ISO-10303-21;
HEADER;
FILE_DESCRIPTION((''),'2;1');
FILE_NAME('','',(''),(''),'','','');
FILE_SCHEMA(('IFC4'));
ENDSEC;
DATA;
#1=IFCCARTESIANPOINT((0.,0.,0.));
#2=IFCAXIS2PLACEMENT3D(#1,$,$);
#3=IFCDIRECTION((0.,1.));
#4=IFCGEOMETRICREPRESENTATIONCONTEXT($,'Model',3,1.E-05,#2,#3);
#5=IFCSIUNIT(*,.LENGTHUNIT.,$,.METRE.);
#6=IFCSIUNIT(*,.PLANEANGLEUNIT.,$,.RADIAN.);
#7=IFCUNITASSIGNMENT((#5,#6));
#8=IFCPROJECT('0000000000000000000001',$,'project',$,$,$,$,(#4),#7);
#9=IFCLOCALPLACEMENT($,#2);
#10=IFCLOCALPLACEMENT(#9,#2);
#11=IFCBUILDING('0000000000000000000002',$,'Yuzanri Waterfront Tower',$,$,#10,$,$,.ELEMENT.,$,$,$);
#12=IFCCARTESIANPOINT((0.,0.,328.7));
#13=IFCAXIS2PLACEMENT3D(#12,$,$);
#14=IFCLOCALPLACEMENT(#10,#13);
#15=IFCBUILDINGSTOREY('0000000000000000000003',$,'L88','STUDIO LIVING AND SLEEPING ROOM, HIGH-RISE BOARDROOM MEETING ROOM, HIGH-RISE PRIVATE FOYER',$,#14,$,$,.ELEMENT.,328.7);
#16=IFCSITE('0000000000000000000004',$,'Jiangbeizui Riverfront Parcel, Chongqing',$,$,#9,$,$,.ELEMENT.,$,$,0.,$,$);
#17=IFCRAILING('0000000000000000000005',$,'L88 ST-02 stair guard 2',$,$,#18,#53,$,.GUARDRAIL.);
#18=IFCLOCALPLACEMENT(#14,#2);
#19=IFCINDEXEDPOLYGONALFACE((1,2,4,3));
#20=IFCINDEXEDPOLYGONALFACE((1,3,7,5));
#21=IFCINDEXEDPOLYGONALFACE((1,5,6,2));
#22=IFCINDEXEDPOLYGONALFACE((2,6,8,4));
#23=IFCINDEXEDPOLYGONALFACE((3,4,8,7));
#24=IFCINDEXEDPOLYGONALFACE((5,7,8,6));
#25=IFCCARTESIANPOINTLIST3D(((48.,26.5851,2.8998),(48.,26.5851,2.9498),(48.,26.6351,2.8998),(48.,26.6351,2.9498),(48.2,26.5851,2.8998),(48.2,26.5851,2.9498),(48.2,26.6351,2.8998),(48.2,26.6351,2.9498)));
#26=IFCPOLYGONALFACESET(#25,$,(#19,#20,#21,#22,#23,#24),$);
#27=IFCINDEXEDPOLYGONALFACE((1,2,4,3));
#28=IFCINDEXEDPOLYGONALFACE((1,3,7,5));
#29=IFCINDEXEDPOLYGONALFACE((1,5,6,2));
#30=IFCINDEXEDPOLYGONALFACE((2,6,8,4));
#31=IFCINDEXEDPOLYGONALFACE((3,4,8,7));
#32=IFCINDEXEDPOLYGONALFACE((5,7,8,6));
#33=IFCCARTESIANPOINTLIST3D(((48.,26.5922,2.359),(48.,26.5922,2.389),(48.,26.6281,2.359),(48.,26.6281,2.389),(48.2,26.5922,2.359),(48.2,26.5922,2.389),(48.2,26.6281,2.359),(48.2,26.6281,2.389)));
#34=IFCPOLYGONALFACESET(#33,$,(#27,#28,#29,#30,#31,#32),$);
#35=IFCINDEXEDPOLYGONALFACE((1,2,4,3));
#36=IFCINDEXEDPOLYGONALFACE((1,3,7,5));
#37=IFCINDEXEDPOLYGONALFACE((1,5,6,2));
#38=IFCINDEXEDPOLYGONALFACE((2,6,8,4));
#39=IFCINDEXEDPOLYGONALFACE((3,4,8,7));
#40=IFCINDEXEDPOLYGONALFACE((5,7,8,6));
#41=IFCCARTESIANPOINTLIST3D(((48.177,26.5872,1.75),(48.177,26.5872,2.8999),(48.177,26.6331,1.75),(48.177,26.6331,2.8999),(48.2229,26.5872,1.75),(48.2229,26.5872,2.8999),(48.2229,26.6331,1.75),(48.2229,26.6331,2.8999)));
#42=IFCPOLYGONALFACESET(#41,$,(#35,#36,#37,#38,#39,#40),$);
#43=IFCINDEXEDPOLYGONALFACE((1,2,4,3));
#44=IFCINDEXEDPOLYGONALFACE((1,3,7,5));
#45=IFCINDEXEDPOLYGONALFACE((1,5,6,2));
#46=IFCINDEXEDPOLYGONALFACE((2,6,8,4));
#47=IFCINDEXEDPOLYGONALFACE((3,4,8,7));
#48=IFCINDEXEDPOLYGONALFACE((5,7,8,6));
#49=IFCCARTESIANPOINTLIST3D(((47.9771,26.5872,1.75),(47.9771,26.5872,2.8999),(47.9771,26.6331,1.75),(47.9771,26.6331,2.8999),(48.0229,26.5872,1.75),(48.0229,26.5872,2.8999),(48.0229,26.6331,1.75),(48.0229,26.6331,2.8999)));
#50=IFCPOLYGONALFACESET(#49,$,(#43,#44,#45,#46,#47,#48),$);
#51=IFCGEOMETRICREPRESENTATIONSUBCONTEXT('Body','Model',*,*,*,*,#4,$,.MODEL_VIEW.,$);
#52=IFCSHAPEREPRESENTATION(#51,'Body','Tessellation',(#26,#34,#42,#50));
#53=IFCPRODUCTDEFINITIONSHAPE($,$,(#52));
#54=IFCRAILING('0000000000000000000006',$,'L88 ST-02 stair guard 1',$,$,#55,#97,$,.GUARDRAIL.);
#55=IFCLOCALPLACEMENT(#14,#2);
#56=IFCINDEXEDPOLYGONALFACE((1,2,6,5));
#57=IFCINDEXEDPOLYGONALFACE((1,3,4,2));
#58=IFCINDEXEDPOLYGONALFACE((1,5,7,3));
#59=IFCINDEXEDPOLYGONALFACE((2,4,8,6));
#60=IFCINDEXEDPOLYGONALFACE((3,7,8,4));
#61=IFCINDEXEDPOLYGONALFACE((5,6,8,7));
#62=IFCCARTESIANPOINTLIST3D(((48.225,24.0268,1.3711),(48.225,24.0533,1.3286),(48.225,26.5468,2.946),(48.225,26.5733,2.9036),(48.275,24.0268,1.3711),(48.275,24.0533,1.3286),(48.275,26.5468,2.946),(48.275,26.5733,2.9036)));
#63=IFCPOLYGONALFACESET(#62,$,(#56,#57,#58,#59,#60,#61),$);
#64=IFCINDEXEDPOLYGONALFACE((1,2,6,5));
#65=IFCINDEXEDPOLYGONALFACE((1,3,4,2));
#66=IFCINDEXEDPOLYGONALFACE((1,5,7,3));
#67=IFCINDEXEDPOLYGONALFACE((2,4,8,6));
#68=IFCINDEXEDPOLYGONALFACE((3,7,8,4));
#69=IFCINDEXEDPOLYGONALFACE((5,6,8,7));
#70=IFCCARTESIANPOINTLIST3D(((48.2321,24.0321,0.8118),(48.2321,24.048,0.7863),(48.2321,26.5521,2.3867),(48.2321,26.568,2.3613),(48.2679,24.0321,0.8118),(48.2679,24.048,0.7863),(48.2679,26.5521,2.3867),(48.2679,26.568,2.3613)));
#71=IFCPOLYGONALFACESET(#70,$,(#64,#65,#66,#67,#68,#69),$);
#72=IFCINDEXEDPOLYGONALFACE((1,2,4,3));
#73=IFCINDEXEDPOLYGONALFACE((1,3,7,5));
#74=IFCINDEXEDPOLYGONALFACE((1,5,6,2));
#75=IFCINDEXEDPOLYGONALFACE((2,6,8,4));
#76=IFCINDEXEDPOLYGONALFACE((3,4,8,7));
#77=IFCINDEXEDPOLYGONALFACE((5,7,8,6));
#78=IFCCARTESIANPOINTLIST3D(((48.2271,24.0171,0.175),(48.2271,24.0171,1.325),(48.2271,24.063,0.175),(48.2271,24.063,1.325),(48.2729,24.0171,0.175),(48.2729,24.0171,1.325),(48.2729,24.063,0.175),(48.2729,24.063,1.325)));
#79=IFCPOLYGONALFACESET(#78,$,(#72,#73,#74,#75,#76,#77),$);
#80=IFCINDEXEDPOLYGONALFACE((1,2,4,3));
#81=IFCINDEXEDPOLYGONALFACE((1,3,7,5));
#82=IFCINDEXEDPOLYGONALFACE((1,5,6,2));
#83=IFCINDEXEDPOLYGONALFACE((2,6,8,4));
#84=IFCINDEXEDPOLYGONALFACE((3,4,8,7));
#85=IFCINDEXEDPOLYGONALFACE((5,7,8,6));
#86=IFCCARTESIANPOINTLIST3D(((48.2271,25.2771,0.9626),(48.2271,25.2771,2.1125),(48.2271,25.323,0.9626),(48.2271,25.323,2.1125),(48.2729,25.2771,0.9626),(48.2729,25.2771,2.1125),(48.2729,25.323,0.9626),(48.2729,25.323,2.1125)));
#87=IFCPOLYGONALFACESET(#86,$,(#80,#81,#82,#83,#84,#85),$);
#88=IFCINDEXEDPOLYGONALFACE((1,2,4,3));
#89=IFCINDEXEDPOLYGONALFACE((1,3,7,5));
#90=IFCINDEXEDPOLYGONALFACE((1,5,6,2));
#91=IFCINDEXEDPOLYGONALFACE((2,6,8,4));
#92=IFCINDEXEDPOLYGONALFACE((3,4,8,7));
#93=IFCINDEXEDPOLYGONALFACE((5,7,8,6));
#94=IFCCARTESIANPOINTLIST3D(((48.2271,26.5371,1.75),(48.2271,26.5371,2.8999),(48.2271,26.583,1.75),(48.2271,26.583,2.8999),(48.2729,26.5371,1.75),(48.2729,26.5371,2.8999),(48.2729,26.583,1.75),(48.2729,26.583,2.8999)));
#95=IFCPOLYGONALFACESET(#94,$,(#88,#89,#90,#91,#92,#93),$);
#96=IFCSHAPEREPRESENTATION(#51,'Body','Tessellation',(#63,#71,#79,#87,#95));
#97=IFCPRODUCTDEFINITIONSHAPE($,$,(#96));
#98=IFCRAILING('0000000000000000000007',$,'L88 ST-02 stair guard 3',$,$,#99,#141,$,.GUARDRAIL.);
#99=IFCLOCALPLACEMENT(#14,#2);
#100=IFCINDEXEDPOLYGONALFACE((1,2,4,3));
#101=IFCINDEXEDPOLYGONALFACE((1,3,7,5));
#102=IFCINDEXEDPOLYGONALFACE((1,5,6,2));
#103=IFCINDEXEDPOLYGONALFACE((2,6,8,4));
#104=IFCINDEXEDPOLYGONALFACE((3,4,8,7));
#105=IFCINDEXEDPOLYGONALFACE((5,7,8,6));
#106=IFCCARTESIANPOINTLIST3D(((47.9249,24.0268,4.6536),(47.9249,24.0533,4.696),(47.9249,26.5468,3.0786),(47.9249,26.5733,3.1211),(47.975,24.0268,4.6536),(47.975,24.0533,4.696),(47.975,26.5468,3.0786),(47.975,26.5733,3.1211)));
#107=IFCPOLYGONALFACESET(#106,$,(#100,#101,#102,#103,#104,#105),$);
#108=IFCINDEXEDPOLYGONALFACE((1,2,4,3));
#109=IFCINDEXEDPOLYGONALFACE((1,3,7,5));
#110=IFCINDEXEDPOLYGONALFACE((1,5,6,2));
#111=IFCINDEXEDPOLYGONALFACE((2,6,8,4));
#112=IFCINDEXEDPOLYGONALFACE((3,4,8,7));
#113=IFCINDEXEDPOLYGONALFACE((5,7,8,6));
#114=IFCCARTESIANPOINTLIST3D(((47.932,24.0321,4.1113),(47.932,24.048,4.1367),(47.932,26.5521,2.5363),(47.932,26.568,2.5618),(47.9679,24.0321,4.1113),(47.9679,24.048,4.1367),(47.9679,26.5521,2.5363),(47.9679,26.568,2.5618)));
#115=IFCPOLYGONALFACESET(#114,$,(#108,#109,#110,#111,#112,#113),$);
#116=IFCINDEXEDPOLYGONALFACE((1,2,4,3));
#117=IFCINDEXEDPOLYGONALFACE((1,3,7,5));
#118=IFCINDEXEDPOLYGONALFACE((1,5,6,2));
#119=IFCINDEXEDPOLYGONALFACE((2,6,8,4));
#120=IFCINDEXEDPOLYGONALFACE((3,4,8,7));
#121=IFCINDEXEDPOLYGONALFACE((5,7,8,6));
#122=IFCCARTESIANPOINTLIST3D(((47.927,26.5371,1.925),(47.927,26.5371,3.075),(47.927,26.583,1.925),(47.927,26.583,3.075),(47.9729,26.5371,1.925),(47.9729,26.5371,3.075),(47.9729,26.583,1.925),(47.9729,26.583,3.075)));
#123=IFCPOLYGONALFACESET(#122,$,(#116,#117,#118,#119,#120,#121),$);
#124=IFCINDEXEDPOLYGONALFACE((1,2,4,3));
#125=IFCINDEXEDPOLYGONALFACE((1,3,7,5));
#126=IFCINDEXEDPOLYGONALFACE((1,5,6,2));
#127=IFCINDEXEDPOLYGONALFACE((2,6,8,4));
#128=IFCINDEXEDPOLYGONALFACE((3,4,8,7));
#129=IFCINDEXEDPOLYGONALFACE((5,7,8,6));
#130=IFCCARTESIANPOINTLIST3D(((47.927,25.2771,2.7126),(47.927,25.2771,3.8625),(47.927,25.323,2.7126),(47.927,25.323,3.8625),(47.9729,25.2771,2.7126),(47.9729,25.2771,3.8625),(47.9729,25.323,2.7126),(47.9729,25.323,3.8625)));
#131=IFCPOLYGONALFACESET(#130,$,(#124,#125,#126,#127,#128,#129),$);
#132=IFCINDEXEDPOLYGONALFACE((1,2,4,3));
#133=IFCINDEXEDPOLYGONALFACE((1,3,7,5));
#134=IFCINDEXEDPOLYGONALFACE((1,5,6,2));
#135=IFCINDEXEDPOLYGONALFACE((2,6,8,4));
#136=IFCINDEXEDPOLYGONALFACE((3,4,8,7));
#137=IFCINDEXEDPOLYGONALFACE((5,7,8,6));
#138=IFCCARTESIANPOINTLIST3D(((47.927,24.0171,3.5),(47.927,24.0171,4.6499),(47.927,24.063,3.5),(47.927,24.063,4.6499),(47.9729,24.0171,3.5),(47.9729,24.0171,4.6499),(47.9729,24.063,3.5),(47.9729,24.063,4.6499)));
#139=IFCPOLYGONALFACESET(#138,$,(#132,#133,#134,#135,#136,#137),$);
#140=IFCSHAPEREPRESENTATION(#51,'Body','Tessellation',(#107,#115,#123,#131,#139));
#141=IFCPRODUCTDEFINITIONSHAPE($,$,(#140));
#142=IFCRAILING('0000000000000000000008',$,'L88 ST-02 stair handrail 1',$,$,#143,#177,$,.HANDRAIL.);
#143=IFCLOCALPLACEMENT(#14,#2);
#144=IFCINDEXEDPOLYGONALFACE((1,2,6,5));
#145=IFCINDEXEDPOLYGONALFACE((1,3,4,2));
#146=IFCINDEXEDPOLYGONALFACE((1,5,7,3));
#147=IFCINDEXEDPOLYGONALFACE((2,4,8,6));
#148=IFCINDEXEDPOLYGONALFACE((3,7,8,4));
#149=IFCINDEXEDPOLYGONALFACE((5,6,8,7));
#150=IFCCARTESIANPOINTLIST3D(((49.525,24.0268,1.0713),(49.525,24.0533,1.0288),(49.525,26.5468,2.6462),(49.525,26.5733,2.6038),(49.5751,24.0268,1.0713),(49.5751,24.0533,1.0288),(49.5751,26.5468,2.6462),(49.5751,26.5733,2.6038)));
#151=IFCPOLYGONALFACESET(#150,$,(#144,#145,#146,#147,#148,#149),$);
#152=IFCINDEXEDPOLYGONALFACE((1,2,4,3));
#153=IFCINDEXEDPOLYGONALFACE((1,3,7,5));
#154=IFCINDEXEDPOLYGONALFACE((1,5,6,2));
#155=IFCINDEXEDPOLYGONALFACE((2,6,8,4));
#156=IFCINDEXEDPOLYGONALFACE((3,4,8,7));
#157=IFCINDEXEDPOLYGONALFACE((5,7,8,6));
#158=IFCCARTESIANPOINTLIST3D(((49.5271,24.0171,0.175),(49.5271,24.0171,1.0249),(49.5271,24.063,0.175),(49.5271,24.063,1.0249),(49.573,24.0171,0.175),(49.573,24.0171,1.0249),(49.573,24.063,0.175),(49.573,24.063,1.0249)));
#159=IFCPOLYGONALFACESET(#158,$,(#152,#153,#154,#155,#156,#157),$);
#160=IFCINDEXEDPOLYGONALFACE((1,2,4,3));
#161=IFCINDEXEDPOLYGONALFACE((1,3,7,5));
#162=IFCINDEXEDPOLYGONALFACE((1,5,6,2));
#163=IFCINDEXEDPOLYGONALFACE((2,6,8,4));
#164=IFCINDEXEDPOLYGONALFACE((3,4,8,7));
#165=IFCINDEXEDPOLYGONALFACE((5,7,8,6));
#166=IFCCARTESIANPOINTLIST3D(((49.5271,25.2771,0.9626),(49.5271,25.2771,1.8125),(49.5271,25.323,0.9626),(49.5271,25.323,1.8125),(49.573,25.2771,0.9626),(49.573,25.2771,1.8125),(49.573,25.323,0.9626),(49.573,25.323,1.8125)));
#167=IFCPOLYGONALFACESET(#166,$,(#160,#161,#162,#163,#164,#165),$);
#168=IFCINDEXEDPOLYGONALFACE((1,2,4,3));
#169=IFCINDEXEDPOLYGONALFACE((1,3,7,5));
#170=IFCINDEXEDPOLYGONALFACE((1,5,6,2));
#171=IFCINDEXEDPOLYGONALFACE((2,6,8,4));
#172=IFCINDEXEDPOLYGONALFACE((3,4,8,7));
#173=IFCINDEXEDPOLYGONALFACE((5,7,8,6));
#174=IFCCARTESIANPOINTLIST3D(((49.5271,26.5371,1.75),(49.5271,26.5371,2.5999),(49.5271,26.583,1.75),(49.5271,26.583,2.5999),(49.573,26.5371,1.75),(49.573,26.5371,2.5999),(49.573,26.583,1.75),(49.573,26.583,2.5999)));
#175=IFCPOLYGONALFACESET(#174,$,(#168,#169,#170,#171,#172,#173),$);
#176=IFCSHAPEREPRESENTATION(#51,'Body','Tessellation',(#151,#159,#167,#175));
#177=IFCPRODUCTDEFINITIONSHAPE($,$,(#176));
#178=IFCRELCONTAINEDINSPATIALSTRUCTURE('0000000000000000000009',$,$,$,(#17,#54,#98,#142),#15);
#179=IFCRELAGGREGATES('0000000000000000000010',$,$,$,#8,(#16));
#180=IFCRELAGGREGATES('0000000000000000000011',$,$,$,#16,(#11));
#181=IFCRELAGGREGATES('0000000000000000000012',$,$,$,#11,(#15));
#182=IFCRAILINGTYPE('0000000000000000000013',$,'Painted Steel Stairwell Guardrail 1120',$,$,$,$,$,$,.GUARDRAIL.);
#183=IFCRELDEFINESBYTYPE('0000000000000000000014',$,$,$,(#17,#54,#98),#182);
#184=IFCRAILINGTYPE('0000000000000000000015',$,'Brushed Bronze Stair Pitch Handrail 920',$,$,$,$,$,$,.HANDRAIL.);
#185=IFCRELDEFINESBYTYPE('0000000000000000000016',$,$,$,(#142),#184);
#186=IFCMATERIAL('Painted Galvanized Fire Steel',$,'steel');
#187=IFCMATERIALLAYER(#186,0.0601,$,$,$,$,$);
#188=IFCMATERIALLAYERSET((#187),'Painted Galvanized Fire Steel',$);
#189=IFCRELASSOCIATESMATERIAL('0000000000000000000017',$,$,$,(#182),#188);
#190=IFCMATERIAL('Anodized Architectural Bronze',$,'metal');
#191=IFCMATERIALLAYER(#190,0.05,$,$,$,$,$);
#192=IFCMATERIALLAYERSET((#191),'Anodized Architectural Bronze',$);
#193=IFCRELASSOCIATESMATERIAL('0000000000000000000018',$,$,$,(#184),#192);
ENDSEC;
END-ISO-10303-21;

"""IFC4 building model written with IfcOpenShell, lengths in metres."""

from ifc_helpers import new_model, si_unit, direction, frame, origin, origin_2d, place, context, subcontext, project, spatial, rectangle, extrude, source, transform, mapped, material, layer, layer_set, type_object, element, save


model = new_model("IFC4")

# Units and contexts
model_context = context("Model", 3, precision=1e-05, world=origin(), true_north=direction((0.0, 1.0)))
body_context = subcontext(model_context, "Body", "Model", "MODEL_VIEW")
ifc_project = project(units=[si_unit("LENGTHUNIT", "METRE"), si_unit("PLANEANGLEUNIT", "RADIAN")], contexts=[model_context])

# Site, building, storey
site_placement = place(None, origin())
site = spatial("IfcSite", under=ifc_project, at=site_placement, Name="Jiangbeizui Riverfront Parcel, Chongqing", CompositionType="ELEMENT", RefElevation=0.0)
building_placement = place(site_placement, origin())
building = spatial("IfcBuilding", under=site, at=building_placement, Name="Yuzanri Waterfront Tower", CompositionType="ELEMENT")
storey_placement = place(building_placement, frame((0.0, 0.0, 328.7)))
storey = spatial("IfcBuildingStorey", under=building, at=storey_placement, Name="L88", Description="STUDIO LIVING AND SLEEPING ROOM, HIGH-RISE BOARDROOM MEETING ROOM, HIGH-RISE PRIVATE FOYER", CompositionType="ELEMENT", Elevation=328.7)

# Railings
ifc_material_1 = material(Name="Painted Galvanized Fire Steel", Category="steel")
ifc_layer_1 = layer(ifc_material_1, 0.0601)
ifc_layer_set_1 = layer_set([ifc_layer_1], Name="Painted Galvanized Fire Steel")
railing_type_1 = type_object("IfcRailingType", Name="Painted Steel Stairwell Guardrail 1120", PredefinedType="GUARDRAIL", material=ifc_layer_set_1)
shared_shape_1 = source(origin(), body_context, "Body", "SweptSolid", [
    extrude(rectangle(XDim=0.05, YDim=0.05, at=origin_2d()), frame((0.0, 0.0, 1.1748), z_axis=(-1.0, 0.0, 0.0), x_axis=(0.0, -1.0, 0.0)), (0.0, 0.0, 1.0), 0.2),
    extrude(rectangle(XDim=0.0359, YDim=0.03, at=origin_2d()), frame((0.0, 0.0, 0.624), z_axis=(-1.0, 0.0, 0.0), x_axis=(0.0, -1.0, 0.0)), (0.0, 0.0, 1.0), 0.2),
    extrude(rectangle(XDim=0.0459, YDim=0.0459, at=origin_2d()), origin(), (0.0, 0.0, 1.0), 1.1499),
    extrude(rectangle(XDim=0.0459, YDim=0.0459, at=origin_2d()), frame((-0.2, 0.0, 0.0)), (0.0, 0.0, 1.0), 1.1499),
])
railing_1_placement = place(storey_placement, frame((48.2, 26.6101, 1.75)))
element("IfcRailing", 1, at=railing_1_placement, inside=storey, type_object=railing_type_1, Name="L88 ST-02 stair guard 2", PredefinedType="GUARDRAIL", context=body_context, shape_type="MappedRepresentation", body=[
    mapped(shared_shape_1, transform((0.0, 0.0, 0.0), scale=1.0)),
])
shared_shape_2 = source(origin(), body_context, "Body", "SweptSolid", [
    extrude(rectangle(XDim=0.05, YDim=0.05, at=origin_2d()), frame((0.0, 0.0, 1.1748), z_axis=(0.0, 0.848008, 0.529984), x_axis=(-1.0, 0.0, 0.0)), (0.0, 0.0, 1.0), 2.9717),
    extrude(rectangle(XDim=0.0359, YDim=0.03, at=origin_2d()), frame((0.0, 0.0, 0.624), z_axis=(0.0, 0.848008, 0.529984), x_axis=(-1.0, 0.0, 0.0)), (0.0, 0.0, 1.0), 2.9717),
    extrude(rectangle(XDim=0.0459, YDim=0.0459, at=origin_2d()), origin(), (0.0, 0.0, 1.0), 1.1499),
    extrude(rectangle(XDim=0.0459, YDim=0.0459, at=origin_2d()), frame((0.0, 1.26, 0.7876)), (0.0, 0.0, 1.0), 1.1499),
    extrude(rectangle(XDim=0.0459, YDim=0.0459, at=origin_2d()), frame((0.0, 2.52, 1.575)), (0.0, 0.0, 1.0), 1.1499),
])
railing_2_placement = place(storey_placement, frame((48.25, 24.04, 0.175)))
element("IfcRailing", 2, at=railing_2_placement, inside=storey, type_object=railing_type_1, Name="L88 ST-02 stair guard 1", PredefinedType="GUARDRAIL", context=body_context, shape_type="MappedRepresentation", body=[
    mapped(shared_shape_2, transform((0.0, 0.0, 0.0), scale=1.0)),
])
shared_shape_3 = source(origin(), body_context, "Body", "SweptSolid", [
    extrude(rectangle(XDim=0.05, YDim=0.05, at=origin_2d()), frame((0.0, 0.0, 1.1748), z_axis=(0.0, -0.848008, 0.529984), x_axis=(1.0, 0.0, 0.0)), (0.0, 0.0, 1.0), 2.9717),
    extrude(rectangle(XDim=0.0359, YDim=0.03, at=origin_2d()), frame((0.0, 0.0, 0.624), z_axis=(0.0, -0.848008, 0.529984), x_axis=(1.0, 0.0, 0.0)), (0.0, 0.0, 1.0), 2.9717),
    extrude(rectangle(XDim=0.0459, YDim=0.0459, at=origin_2d()), origin(), (0.0, 0.0, 1.0), 1.1499),
    extrude(rectangle(XDim=0.0459, YDim=0.0459, at=origin_2d()), frame((0.0, -1.26, 0.7876)), (0.0, 0.0, 1.0), 1.1499),
    extrude(rectangle(XDim=0.0459, YDim=0.0459, at=origin_2d()), frame((0.0, -2.52, 1.575)), (0.0, 0.0, 1.0), 1.1499),
])
railing_3_placement = place(storey_placement, frame((47.95, 26.5601, 1.925)))
element("IfcRailing", 3, at=railing_3_placement, inside=storey, type_object=railing_type_1, Name="L88 ST-02 stair guard 3", PredefinedType="GUARDRAIL", context=body_context, shape_type="MappedRepresentation", body=[
    mapped(shared_shape_3, transform((0.0, 0.0, 0.0), scale=1.0)),
])
ifc_material_2 = material(Name="Anodized Architectural Bronze", Category="metal")
ifc_layer_2 = layer(ifc_material_2, 0.05)
ifc_layer_set_2 = layer_set([ifc_layer_2], Name="Anodized Architectural Bronze")
railing_type_2 = type_object("IfcRailingType", Name="Brushed Bronze Stair Pitch Handrail 920", PredefinedType="HANDRAIL", material=ifc_layer_set_2)
shared_shape_4 = source(origin(), body_context, "Body", "SweptSolid", [
    extrude(rectangle(XDim=0.05, YDim=0.05, at=origin_2d()), frame((0.0, 0.0, 0.875), z_axis=(0.0, 0.848008, 0.529984), x_axis=(-1.0, 0.0, 0.0)), (0.0, 0.0, 1.0), 2.9717),
    extrude(rectangle(XDim=0.0459, YDim=0.0459, at=origin_2d()), origin(), (0.0, 0.0, 1.0), 0.8499),
    extrude(rectangle(XDim=0.0459, YDim=0.0459, at=origin_2d()), frame((0.0, 1.26, 0.7876)), (0.0, 0.0, 1.0), 0.8499),
    extrude(rectangle(XDim=0.0459, YDim=0.0459, at=origin_2d()), frame((0.0, 2.52, 1.575)), (0.0, 0.0, 1.0), 0.8499),
])
railing_4_placement = place(storey_placement, frame((49.55, 24.04, 0.175)))
element("IfcRailing", 4, at=railing_4_placement, inside=storey, type_object=railing_type_2, Name="L88 ST-02 stair handrail 1", PredefinedType="HANDRAIL", context=body_context, shape_type="MappedRepresentation", body=[
    mapped(shared_shape_4, transform((0.0, 0.0, 0.0), scale=1.0)),
])

save(model, "model.ifc")
